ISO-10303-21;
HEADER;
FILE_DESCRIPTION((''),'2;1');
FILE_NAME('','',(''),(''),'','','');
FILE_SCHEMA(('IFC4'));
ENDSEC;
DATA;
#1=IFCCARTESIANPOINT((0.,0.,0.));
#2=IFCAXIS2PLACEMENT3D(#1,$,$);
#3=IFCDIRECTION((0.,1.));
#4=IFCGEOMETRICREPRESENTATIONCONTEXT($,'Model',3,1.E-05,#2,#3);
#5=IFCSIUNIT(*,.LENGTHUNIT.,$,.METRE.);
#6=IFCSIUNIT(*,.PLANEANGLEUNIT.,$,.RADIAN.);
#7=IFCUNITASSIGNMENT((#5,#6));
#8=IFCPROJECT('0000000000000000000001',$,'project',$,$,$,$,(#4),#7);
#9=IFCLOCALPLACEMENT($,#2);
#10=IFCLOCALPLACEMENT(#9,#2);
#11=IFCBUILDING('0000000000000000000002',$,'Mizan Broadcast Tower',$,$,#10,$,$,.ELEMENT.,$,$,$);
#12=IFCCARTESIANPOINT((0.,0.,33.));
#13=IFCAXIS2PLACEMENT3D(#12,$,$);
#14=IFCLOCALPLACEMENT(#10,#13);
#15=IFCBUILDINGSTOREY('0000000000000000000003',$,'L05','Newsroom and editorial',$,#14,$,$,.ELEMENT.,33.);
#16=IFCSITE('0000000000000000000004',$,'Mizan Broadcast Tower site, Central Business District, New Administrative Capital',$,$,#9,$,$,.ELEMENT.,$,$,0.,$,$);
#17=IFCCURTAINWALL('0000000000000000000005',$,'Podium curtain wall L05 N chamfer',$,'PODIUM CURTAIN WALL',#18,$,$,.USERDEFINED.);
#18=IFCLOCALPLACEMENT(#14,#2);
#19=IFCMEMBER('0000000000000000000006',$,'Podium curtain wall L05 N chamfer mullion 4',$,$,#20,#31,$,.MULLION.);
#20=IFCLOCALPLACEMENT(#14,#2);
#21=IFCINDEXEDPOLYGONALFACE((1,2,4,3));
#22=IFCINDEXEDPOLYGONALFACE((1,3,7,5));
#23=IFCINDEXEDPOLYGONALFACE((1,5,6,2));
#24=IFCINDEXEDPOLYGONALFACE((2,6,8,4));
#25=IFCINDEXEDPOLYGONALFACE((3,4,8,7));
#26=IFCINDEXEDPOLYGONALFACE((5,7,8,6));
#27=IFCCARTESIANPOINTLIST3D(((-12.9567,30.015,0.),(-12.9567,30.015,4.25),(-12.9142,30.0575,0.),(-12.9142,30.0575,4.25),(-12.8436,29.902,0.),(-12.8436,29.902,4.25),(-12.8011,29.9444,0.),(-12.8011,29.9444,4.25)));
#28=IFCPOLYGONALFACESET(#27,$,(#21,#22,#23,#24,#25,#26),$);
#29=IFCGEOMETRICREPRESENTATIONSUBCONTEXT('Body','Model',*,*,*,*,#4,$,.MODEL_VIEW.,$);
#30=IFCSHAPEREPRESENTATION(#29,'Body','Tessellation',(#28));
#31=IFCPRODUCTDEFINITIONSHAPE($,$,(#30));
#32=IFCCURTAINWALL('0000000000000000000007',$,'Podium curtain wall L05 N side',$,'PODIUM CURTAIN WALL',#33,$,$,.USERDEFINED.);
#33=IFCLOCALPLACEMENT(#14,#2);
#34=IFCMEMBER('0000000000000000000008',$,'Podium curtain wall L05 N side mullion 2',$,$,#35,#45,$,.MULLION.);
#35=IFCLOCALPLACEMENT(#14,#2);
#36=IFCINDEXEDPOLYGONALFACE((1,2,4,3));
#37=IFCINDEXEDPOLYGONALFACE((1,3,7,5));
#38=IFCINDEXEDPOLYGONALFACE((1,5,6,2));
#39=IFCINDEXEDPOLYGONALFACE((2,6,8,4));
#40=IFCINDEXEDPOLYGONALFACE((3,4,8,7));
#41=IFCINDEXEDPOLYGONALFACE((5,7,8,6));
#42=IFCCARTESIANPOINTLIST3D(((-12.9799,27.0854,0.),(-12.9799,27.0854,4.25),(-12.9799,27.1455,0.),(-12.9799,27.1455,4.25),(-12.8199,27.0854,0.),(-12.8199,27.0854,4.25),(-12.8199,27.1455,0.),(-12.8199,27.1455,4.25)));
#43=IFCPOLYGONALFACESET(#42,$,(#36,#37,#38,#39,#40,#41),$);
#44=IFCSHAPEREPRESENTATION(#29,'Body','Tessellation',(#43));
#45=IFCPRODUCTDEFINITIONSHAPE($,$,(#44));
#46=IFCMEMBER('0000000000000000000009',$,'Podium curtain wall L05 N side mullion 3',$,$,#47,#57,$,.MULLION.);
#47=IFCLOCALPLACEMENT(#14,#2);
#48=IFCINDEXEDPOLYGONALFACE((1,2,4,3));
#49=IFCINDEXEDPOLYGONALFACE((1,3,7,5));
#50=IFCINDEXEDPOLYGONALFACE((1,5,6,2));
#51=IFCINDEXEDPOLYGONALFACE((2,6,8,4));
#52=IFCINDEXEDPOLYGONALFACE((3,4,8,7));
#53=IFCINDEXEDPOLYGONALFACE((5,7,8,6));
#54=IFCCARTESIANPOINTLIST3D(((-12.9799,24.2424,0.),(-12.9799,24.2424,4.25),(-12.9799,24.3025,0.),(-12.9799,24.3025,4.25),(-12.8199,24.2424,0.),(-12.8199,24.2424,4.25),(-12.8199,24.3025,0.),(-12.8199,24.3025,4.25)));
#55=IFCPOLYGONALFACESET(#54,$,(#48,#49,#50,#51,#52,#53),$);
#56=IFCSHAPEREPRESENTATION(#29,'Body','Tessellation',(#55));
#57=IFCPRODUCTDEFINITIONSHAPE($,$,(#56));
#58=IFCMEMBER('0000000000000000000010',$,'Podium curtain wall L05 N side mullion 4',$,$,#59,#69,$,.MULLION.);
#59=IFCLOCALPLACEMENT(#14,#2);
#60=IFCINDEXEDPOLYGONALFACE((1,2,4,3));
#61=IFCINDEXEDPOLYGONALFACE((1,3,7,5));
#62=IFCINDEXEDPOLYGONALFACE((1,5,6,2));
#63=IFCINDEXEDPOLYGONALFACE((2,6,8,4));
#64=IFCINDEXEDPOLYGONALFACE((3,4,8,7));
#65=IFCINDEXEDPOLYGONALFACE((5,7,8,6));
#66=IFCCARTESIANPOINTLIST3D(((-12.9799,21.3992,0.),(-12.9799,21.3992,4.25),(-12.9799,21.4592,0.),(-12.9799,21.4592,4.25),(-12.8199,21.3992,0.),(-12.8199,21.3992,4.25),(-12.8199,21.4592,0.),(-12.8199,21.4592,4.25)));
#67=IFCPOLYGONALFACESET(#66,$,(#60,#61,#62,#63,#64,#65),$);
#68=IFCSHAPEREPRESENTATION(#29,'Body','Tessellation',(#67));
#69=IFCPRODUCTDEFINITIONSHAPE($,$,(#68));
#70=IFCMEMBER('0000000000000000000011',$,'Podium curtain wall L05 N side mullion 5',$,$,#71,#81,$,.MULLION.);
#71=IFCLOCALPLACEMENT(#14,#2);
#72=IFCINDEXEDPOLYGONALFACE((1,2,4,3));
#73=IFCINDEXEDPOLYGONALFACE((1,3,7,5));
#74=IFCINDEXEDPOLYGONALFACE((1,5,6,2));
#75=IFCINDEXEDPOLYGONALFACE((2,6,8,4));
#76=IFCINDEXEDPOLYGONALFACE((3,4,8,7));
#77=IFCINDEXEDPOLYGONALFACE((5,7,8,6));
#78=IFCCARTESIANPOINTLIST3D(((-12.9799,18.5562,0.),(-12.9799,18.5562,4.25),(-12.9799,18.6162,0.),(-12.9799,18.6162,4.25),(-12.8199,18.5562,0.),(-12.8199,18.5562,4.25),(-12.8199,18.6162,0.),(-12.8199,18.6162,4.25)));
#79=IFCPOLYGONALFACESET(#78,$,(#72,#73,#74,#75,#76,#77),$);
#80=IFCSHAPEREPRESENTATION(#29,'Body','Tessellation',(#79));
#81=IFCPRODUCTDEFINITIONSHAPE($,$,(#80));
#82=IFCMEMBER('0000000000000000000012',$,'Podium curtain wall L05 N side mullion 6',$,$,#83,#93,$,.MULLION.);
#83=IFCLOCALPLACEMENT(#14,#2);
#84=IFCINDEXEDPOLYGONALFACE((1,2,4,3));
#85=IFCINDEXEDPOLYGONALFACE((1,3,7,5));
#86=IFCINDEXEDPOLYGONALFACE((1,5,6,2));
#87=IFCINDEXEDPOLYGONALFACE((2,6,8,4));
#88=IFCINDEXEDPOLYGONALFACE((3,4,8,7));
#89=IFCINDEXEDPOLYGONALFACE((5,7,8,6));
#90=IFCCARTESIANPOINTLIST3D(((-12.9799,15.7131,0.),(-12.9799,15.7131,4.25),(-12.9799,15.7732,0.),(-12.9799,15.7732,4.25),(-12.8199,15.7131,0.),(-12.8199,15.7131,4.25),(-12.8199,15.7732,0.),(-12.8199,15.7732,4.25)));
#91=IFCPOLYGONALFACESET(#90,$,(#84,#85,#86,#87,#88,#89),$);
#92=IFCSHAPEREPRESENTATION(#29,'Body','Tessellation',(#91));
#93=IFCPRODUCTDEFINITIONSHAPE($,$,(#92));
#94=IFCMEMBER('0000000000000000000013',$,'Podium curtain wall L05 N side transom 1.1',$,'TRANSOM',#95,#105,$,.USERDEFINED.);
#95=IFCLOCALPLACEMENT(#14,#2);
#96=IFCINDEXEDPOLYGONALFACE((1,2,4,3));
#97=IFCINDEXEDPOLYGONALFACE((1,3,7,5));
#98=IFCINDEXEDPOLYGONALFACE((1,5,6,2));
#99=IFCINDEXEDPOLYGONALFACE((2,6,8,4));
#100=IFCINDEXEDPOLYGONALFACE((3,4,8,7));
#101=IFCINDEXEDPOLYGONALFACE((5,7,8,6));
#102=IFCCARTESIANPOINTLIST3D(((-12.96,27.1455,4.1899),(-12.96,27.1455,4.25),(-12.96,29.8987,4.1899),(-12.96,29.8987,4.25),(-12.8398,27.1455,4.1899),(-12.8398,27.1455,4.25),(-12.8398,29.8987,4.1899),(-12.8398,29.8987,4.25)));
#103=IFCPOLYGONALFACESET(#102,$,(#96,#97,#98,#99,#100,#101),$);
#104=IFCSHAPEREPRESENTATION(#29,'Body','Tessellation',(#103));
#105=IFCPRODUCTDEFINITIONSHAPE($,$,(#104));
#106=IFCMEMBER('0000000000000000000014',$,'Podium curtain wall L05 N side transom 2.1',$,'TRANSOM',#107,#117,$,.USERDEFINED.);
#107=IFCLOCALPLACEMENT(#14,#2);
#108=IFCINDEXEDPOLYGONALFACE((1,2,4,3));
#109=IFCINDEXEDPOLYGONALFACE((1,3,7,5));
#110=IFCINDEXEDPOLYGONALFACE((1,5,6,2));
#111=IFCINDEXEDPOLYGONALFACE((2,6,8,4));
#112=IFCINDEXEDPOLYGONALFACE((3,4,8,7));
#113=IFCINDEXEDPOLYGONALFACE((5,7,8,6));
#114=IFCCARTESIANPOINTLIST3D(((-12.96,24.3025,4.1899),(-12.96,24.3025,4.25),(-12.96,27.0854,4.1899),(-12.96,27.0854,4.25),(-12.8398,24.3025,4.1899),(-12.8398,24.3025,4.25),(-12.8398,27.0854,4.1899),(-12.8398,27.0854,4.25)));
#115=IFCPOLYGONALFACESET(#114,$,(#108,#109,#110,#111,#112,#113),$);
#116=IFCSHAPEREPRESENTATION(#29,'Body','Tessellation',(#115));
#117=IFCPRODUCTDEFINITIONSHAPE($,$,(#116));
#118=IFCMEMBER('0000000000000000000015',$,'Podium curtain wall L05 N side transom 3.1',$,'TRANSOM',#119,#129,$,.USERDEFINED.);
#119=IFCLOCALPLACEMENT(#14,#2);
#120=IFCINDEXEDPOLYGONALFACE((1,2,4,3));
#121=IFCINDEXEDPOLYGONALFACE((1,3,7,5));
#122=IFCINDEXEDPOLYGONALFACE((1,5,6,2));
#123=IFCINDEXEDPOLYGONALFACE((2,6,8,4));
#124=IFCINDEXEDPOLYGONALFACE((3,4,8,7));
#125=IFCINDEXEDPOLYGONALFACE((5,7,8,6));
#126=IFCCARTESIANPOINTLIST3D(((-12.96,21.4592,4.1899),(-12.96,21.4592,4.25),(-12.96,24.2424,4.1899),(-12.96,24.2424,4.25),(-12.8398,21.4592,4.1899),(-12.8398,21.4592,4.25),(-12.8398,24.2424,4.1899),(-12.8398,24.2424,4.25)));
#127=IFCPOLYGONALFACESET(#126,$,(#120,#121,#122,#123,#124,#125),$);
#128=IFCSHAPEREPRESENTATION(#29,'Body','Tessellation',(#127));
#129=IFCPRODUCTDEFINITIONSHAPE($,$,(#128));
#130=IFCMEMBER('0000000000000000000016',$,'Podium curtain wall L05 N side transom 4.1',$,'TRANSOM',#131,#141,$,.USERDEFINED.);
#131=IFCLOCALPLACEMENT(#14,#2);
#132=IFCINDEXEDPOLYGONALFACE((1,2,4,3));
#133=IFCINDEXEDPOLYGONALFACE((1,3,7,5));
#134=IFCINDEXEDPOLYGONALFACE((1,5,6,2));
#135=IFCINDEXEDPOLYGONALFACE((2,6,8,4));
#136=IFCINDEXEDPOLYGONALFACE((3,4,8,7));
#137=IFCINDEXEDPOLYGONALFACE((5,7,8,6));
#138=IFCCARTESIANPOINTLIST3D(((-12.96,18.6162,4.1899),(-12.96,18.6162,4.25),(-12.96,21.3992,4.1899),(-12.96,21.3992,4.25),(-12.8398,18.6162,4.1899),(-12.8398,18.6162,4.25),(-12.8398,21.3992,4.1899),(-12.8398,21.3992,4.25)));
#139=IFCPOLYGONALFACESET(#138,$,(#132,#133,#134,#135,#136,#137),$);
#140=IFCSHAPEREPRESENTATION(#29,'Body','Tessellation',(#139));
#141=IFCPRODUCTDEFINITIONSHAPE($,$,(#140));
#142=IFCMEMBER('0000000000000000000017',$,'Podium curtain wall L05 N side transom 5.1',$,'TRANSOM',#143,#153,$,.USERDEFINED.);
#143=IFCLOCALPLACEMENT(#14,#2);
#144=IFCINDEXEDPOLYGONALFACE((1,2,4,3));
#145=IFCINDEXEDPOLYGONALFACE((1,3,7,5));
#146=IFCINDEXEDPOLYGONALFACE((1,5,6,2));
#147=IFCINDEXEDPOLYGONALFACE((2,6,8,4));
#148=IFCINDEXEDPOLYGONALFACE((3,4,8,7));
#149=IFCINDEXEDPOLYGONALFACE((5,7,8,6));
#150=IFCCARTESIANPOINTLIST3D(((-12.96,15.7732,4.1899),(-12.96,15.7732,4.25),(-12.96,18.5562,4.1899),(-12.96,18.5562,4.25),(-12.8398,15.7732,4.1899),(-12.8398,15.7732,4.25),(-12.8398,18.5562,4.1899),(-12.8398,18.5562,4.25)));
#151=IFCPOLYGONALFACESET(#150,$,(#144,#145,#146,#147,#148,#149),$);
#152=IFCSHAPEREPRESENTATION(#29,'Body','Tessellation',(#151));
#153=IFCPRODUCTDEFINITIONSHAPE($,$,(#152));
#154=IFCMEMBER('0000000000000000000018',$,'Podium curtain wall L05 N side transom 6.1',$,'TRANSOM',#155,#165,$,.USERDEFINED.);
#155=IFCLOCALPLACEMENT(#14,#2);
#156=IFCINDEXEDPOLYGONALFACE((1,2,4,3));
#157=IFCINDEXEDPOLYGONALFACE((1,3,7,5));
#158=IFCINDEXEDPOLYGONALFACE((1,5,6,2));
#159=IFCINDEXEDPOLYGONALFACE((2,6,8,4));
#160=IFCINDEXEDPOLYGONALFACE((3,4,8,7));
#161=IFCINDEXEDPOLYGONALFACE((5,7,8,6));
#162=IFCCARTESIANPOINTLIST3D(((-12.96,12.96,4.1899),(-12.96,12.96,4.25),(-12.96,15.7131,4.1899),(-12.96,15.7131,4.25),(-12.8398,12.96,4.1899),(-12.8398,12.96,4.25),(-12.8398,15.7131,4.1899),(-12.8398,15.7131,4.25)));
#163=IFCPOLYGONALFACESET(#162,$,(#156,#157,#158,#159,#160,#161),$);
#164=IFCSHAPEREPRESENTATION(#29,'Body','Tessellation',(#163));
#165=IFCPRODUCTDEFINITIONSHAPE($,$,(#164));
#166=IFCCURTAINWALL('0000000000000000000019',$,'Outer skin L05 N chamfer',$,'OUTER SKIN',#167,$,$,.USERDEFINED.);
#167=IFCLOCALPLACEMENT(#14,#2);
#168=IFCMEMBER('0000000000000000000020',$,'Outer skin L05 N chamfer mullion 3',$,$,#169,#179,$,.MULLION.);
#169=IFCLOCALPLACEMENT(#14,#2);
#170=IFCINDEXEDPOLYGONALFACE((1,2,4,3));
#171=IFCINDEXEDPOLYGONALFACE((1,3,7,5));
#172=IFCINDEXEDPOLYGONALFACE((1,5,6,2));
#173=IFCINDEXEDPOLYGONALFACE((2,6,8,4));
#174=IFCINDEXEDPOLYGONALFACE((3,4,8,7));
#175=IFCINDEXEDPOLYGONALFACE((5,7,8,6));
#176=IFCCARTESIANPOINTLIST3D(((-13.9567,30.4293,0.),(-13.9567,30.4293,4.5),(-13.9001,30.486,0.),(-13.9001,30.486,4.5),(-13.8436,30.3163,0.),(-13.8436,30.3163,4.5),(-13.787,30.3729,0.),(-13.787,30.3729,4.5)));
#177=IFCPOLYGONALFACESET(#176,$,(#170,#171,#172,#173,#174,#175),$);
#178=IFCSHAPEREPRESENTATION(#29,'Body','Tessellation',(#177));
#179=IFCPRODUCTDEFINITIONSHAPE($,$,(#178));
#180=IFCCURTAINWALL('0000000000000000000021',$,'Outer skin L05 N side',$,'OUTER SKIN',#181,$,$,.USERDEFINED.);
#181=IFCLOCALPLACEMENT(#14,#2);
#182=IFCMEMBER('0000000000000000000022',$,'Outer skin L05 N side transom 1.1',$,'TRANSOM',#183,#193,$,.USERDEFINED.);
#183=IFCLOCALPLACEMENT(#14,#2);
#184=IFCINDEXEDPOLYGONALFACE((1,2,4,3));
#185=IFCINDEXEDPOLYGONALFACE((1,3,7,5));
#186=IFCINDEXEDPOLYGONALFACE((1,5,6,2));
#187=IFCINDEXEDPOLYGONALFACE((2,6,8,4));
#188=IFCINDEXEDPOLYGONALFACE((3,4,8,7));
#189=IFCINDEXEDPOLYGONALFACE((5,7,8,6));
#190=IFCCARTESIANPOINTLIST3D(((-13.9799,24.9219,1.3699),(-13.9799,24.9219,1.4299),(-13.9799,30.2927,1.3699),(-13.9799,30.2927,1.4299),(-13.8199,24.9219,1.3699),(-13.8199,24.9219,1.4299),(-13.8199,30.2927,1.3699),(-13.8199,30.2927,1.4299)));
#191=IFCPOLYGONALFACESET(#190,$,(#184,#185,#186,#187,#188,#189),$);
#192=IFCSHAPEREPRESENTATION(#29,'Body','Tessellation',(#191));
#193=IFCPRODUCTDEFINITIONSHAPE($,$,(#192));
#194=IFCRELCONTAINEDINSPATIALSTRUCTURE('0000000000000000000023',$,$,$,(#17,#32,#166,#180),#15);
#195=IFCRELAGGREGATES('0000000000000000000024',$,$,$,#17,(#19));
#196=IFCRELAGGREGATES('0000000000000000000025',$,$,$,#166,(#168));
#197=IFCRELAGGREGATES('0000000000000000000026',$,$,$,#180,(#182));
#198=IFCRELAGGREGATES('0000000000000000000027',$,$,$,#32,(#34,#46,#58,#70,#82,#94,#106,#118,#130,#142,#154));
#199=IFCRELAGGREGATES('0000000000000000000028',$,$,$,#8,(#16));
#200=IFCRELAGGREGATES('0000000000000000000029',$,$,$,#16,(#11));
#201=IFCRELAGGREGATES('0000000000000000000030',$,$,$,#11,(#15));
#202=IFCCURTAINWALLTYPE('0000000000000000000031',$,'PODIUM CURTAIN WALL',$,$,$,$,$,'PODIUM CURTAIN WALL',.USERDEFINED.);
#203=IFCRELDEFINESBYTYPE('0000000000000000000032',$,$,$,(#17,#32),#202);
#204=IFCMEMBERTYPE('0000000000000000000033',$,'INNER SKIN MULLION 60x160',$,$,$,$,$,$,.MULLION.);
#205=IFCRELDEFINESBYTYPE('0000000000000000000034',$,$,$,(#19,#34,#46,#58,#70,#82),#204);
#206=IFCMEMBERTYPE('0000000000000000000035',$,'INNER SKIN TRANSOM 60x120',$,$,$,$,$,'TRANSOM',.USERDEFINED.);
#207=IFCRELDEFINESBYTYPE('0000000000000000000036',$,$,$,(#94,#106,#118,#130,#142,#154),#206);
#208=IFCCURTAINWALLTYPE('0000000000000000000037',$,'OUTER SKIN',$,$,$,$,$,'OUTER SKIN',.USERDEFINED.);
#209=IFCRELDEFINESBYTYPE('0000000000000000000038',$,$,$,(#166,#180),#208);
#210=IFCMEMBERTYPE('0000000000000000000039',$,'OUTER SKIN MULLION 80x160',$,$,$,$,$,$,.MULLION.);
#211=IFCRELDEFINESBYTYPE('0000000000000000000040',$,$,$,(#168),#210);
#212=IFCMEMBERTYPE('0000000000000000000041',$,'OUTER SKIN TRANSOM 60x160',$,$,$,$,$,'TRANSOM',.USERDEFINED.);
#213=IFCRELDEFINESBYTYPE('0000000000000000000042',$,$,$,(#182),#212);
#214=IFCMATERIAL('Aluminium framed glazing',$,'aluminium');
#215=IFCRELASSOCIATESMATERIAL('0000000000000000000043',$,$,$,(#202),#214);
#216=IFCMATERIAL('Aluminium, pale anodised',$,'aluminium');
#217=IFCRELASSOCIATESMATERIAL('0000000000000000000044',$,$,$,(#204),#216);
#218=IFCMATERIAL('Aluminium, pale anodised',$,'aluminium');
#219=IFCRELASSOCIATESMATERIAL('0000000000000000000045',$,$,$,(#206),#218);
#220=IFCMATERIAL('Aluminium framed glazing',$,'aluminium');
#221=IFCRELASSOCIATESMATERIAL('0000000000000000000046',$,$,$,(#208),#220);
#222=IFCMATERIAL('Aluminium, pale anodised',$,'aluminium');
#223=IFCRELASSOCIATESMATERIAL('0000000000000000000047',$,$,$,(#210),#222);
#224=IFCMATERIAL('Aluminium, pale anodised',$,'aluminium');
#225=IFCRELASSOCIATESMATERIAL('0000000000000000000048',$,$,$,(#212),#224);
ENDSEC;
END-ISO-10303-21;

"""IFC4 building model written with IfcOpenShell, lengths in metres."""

from ifc_helpers import new_model, si_unit, direction, frame, origin, origin_2d, place, context, subcontext, project, spatial, rectangle, extrude, material, material_profile, profile_set, type_object, element, aggregate, save


model = new_model("IFC4")

# Units and contexts
model_context = context("Model", 3, precision=1e-05, world=origin(), true_north=direction((0.0, 1.0)))
body_context = subcontext(model_context, "Body", "Model", "MODEL_VIEW")
ifc_project = project(units=[si_unit("LENGTHUNIT", "METRE"), si_unit("PLANEANGLEUNIT", "RADIAN")], contexts=[model_context])

# Site, building, storey
site_placement = place(None, origin())
site = spatial("IfcSite", under=ifc_project, at=site_placement, Name="Mizan Broadcast Tower site, Central Business District, New Administrative Capital", CompositionType="ELEMENT", RefElevation=0.0)
building_placement = place(site_placement, origin())
building = spatial("IfcBuilding", under=site, at=building_placement, Name="Mizan Broadcast Tower", CompositionType="ELEMENT")
storey_placement = place(building_placement, frame((0.0, 0.0, 33.0)))
storey = spatial("IfcBuildingStorey", under=building, at=storey_placement, Name="L05", Description="Newsroom and editorial", CompositionType="ELEMENT", Elevation=33.0)

# Curtain wall, member
ifc_material_1 = material(Name="Aluminium framed glazing", Category="aluminium")
curtain_wall_type_1 = type_object("IfcCurtainWallType", Name="PODIUM CURTAIN WALL", ElementType="PODIUM CURTAIN WALL", PredefinedType="USERDEFINED", material=ifc_material_1)
curtain_wall_1_placement = place(storey_placement, origin())
curtain_wall_1 = element("IfcCurtainWall", 1, at=curtain_wall_1_placement, inside=storey, type_object=curtain_wall_type_1, Name="Podium curtain wall L05 N chamfer", ObjectType="PODIUM CURTAIN WALL", PredefinedType="USERDEFINED")
ifc_material_2 = material(Name="Aluminium, pale anodised", Category="aluminium")
ifc_material_profile_1 = material_profile(ifc_material_2, rectangle(XDim=0.1599, YDim=0.0601, at=origin_2d()), Name="MULLION 160x60")
ifc_profile_set_1 = profile_set([ifc_material_profile_1], Name="Aluminium, pale anodised")
member_type_1 = type_object("IfcMemberType", Name="INNER SKIN MULLION 60x160", PredefinedType="MULLION", material=ifc_profile_set_1)
member_1_placement = place(storey_placement, frame((-12.8789, 29.9797, 0.0), z_axis=(0.0, 0.0, 1.0), x_axis=(0.707107, -0.707107, 0.0)))
member_1 = element("IfcMember", 2, at=member_1_placement, type_object=member_type_1, Name="Podium curtain wall L05 N chamfer mullion 4", PredefinedType="MULLION", context=body_context, shape_type="SweptSolid", body=[
    extrude(rectangle(XDim=0.1599, YDim=0.0601, at=origin_2d()), origin(), (0.0, 0.0, 1.0), 4.25),
])
aggregate(curtain_wall_1, [member_1])

# Curtain wall, members
curtain_wall_2_placement = place(storey_placement, origin())
curtain_wall_2 = element("IfcCurtainWall", 3, at=curtain_wall_2_placement, inside=storey, type_object=curtain_wall_type_1, Name="Podium curtain wall L05 N side", ObjectType="PODIUM CURTAIN WALL", PredefinedType="USERDEFINED")
member_2_placement = place(storey_placement, frame((-12.8999, 27.1155, 0.0), z_axis=(0.0, 0.0, 1.0), x_axis=(1.0, 0.0, 0.0)))
member_2 = element("IfcMember", 4, at=member_2_placement, type_object=member_type_1, Name="Podium curtain wall L05 N side mullion 2", PredefinedType="MULLION", context=body_context, shape_type="SweptSolid", body=[
    extrude(rectangle(XDim=0.1599, YDim=0.0601, at=origin_2d()), origin(), (0.0, 0.0, 1.0), 4.25),
])
member_3_placement = place(storey_placement, frame((-12.8999, 24.2725, 0.0), z_axis=(0.0, 0.0, 1.0), x_axis=(1.0, 0.0, 0.0)))
member_3 = element("IfcMember", 5, at=member_3_placement, type_object=member_type_1, Name="Podium curtain wall L05 N side mullion 3", PredefinedType="MULLION", context=body_context, shape_type="SweptSolid", body=[
    extrude(rectangle(XDim=0.1599, YDim=0.0601, at=origin_2d()), origin(), (0.0, 0.0, 1.0), 4.25),
])
member_4_placement = place(storey_placement, frame((-12.8999, 21.4292, 0.0), z_axis=(0.0, 0.0, 1.0), x_axis=(1.0, 0.0, 0.0)))
member_4 = element("IfcMember", 6, at=member_4_placement, type_object=member_type_1, Name="Podium curtain wall L05 N side mullion 4", PredefinedType="MULLION", context=body_context, shape_type="SweptSolid", body=[
    extrude(rectangle(XDim=0.1599, YDim=0.0601, at=origin_2d()), origin(), (0.0, 0.0, 1.0), 4.25),
])
member_5_placement = place(storey_placement, frame((-12.8999, 18.5862, 0.0), z_axis=(0.0, 0.0, 1.0), x_axis=(1.0, 0.0, 0.0)))
member_5 = element("IfcMember", 7, at=member_5_placement, type_object=member_type_1, Name="Podium curtain wall L05 N side mullion 5", PredefinedType="MULLION", context=body_context, shape_type="SweptSolid", body=[
    extrude(rectangle(XDim=0.1599, YDim=0.0601, at=origin_2d()), origin(), (0.0, 0.0, 1.0), 4.25),
])
member_6_placement = place(storey_placement, frame((-12.8999, 15.7432, 0.0), z_axis=(0.0, 0.0, 1.0), x_axis=(1.0, 0.0, 0.0)))
member_6 = element("IfcMember", 8, at=member_6_placement, type_object=member_type_1, Name="Podium curtain wall L05 N side mullion 6", PredefinedType="MULLION", context=body_context, shape_type="SweptSolid", body=[
    extrude(rectangle(XDim=0.1599, YDim=0.0601, at=origin_2d()), origin(), (0.0, 0.0, 1.0), 4.25),
])
ifc_material_3 = material(Name="Aluminium, pale anodised", Category="aluminium")
ifc_material_profile_2 = material_profile(ifc_material_3, rectangle(XDim=0.1201, YDim=0.0601, at=origin_2d()), Name="TRANSOM 120x60")
ifc_profile_set_2 = profile_set([ifc_material_profile_2], Name="Aluminium, pale anodised")
member_type_2 = type_object("IfcMemberType", Name="INNER SKIN TRANSOM 60x120", ElementType="TRANSOM", PredefinedType="USERDEFINED", material=ifc_profile_set_2)
member_7_placement = place(storey_placement, frame((-12.8999, 29.8987, 4.22), z_axis=(0.0, -1.0, 0.0), x_axis=(1.0, 0.0, 0.0)))
member_7 = element("IfcMember", 9, at=member_7_placement, type_object=member_type_2, Name="Podium curtain wall L05 N side transom 1.1", ObjectType="TRANSOM", PredefinedType="USERDEFINED", context=body_context, shape_type="SweptSolid", body=[
    extrude(rectangle(XDim=0.1201, YDim=0.0601, at=origin_2d()), origin(), (0.0, 0.0, 1.0), 2.7532),
])
member_8_placement = place(storey_placement, frame((-12.8999, 27.0854, 4.22), z_axis=(0.0, -1.0, 0.0), x_axis=(1.0, 0.0, 0.0)))
member_8 = element("IfcMember", 10, at=member_8_placement, type_object=member_type_2, Name="Podium curtain wall L05 N side transom 2.1", ObjectType="TRANSOM", PredefinedType="USERDEFINED", context=body_context, shape_type="SweptSolid", body=[
    extrude(rectangle(XDim=0.1201, YDim=0.0601, at=origin_2d()), origin(), (0.0, 0.0, 1.0), 2.783),
])
member_9_placement = place(storey_placement, frame((-12.8999, 24.2424, 4.22), z_axis=(0.0, -1.0, 0.0), x_axis=(1.0, 0.0, 0.0)))
member_9 = element("IfcMember", 11, at=member_9_placement, type_object=member_type_2, Name="Podium curtain wall L05 N side transom 3.1", ObjectType="TRANSOM", PredefinedType="USERDEFINED", context=body_context, shape_type="SweptSolid", body=[
    extrude(rectangle(XDim=0.1201, YDim=0.0601, at=origin_2d()), origin(), (0.0, 0.0, 1.0), 2.7832),
])
member_10_placement = place(storey_placement, frame((-12.8999, 21.3992, 4.22), z_axis=(0.0, -1.0, 0.0), x_axis=(1.0, 0.0, 0.0)))
member_10 = element("IfcMember", 12, at=member_10_placement, type_object=member_type_2, Name="Podium curtain wall L05 N side transom 4.1", ObjectType="TRANSOM", PredefinedType="USERDEFINED", context=body_context, shape_type="SweptSolid", body=[
    extrude(rectangle(XDim=0.1201, YDim=0.0601, at=origin_2d()), origin(), (0.0, 0.0, 1.0), 2.783),
])
member_11_placement = place(storey_placement, frame((-12.8999, 18.5562, 4.22), z_axis=(0.0, -1.0, 0.0), x_axis=(1.0, 0.0, 0.0)))
member_11 = element("IfcMember", 13, at=member_11_placement, type_object=member_type_2, Name="Podium curtain wall L05 N side transom 5.1", ObjectType="TRANSOM", PredefinedType="USERDEFINED", context=body_context, shape_type="SweptSolid", body=[
    extrude(rectangle(XDim=0.1201, YDim=0.0601, at=origin_2d()), origin(), (0.0, 0.0, 1.0), 2.783),
])
member_12_placement = place(storey_placement, frame((-12.8999, 15.7131, 4.22), z_axis=(0.0, -1.0, 0.0), x_axis=(1.0, 0.0, 0.0)))
member_12 = element("IfcMember", 14, at=member_12_placement, type_object=member_type_2, Name="Podium curtain wall L05 N side transom 6.1", ObjectType="TRANSOM", PredefinedType="USERDEFINED", context=body_context, shape_type="SweptSolid", body=[
    extrude(rectangle(XDim=0.1201, YDim=0.0601, at=origin_2d()), origin(), (0.0, 0.0, 1.0), 2.7532),
])

# Curtain wall, member
ifc_material_4 = material(Name="Aluminium framed glazing", Category="aluminium")
curtain_wall_type_2 = type_object("IfcCurtainWallType", Name="OUTER SKIN", ElementType="OUTER SKIN", PredefinedType="USERDEFINED", material=ifc_material_4)
curtain_wall_3_placement = place(storey_placement, origin())
curtain_wall_3 = element("IfcCurtainWall", 15, at=curtain_wall_3_placement, inside=storey, type_object=curtain_wall_type_2, Name="Outer skin L05 N chamfer", ObjectType="OUTER SKIN", PredefinedType="USERDEFINED")
ifc_material_5 = material(Name="Aluminium, pale anodised", Category="aluminium")
ifc_material_profile_3 = material_profile(ifc_material_5, rectangle(XDim=0.1599, YDim=0.0801, at=origin_2d()), Name="MULLION 160x80")
ifc_profile_set_3 = profile_set([ifc_material_profile_3], Name="Aluminium, pale anodised")
member_type_3 = type_object("IfcMemberType", Name="OUTER SKIN MULLION 80x160", PredefinedType="MULLION", material=ifc_profile_set_3)
member_13_placement = place(storey_placement, frame((-13.8718, 30.4011, 0.0), z_axis=(0.0, 0.0, 1.0), x_axis=(0.707107, -0.707107, 0.0)))
member_13 = element("IfcMember", 16, at=member_13_placement, type_object=member_type_3, Name="Outer skin L05 N chamfer mullion 3", PredefinedType="MULLION", context=body_context, shape_type="SweptSolid", body=[
    extrude(rectangle(XDim=0.1599, YDim=0.0801, at=origin_2d()), origin(), (0.0, 0.0, 1.0), 4.5),
])
aggregate(curtain_wall_3, [member_13])

# Curtain wall, member
curtain_wall_4_placement = place(storey_placement, origin())
curtain_wall_4 = element("IfcCurtainWall", 17, at=curtain_wall_4_placement, inside=storey, type_object=curtain_wall_type_2, Name="Outer skin L05 N side", ObjectType="OUTER SKIN", PredefinedType="USERDEFINED")
ifc_material_6 = material(Name="Aluminium, pale anodised", Category="aluminium")
ifc_material_profile_4 = material_profile(ifc_material_6, rectangle(XDim=0.1599, YDim=0.0601, at=origin_2d()), Name="TRANSOM 160x60")
ifc_profile_set_4 = profile_set([ifc_material_profile_4], Name="Aluminium, pale anodised")
member_type_4 = type_object("IfcMemberType", Name="OUTER SKIN TRANSOM 60x160", ElementType="TRANSOM", PredefinedType="USERDEFINED", material=ifc_profile_set_4)
member_14_placement = place(storey_placement, frame((-13.8999, 30.2927, 1.3999), z_axis=(0.0, -1.0, 0.0), x_axis=(1.0, 0.0, 0.0)))
member_14 = element("IfcMember", 18, at=member_14_placement, type_object=member_type_4, Name="Outer skin L05 N side transom 1.1", ObjectType="TRANSOM", PredefinedType="USERDEFINED", context=body_context, shape_type="SweptSolid", body=[
    extrude(rectangle(XDim=0.1599, YDim=0.0601, at=origin_2d()), origin(), (0.0, 0.0, 1.0), 5.3708),
])
aggregate(curtain_wall_4, [member_14])

aggregate(curtain_wall_2, [member_2, member_3, member_4, member_5, member_6, member_7, member_8, member_9, member_10, member_11, member_12])

save(model, "model.ifc")
